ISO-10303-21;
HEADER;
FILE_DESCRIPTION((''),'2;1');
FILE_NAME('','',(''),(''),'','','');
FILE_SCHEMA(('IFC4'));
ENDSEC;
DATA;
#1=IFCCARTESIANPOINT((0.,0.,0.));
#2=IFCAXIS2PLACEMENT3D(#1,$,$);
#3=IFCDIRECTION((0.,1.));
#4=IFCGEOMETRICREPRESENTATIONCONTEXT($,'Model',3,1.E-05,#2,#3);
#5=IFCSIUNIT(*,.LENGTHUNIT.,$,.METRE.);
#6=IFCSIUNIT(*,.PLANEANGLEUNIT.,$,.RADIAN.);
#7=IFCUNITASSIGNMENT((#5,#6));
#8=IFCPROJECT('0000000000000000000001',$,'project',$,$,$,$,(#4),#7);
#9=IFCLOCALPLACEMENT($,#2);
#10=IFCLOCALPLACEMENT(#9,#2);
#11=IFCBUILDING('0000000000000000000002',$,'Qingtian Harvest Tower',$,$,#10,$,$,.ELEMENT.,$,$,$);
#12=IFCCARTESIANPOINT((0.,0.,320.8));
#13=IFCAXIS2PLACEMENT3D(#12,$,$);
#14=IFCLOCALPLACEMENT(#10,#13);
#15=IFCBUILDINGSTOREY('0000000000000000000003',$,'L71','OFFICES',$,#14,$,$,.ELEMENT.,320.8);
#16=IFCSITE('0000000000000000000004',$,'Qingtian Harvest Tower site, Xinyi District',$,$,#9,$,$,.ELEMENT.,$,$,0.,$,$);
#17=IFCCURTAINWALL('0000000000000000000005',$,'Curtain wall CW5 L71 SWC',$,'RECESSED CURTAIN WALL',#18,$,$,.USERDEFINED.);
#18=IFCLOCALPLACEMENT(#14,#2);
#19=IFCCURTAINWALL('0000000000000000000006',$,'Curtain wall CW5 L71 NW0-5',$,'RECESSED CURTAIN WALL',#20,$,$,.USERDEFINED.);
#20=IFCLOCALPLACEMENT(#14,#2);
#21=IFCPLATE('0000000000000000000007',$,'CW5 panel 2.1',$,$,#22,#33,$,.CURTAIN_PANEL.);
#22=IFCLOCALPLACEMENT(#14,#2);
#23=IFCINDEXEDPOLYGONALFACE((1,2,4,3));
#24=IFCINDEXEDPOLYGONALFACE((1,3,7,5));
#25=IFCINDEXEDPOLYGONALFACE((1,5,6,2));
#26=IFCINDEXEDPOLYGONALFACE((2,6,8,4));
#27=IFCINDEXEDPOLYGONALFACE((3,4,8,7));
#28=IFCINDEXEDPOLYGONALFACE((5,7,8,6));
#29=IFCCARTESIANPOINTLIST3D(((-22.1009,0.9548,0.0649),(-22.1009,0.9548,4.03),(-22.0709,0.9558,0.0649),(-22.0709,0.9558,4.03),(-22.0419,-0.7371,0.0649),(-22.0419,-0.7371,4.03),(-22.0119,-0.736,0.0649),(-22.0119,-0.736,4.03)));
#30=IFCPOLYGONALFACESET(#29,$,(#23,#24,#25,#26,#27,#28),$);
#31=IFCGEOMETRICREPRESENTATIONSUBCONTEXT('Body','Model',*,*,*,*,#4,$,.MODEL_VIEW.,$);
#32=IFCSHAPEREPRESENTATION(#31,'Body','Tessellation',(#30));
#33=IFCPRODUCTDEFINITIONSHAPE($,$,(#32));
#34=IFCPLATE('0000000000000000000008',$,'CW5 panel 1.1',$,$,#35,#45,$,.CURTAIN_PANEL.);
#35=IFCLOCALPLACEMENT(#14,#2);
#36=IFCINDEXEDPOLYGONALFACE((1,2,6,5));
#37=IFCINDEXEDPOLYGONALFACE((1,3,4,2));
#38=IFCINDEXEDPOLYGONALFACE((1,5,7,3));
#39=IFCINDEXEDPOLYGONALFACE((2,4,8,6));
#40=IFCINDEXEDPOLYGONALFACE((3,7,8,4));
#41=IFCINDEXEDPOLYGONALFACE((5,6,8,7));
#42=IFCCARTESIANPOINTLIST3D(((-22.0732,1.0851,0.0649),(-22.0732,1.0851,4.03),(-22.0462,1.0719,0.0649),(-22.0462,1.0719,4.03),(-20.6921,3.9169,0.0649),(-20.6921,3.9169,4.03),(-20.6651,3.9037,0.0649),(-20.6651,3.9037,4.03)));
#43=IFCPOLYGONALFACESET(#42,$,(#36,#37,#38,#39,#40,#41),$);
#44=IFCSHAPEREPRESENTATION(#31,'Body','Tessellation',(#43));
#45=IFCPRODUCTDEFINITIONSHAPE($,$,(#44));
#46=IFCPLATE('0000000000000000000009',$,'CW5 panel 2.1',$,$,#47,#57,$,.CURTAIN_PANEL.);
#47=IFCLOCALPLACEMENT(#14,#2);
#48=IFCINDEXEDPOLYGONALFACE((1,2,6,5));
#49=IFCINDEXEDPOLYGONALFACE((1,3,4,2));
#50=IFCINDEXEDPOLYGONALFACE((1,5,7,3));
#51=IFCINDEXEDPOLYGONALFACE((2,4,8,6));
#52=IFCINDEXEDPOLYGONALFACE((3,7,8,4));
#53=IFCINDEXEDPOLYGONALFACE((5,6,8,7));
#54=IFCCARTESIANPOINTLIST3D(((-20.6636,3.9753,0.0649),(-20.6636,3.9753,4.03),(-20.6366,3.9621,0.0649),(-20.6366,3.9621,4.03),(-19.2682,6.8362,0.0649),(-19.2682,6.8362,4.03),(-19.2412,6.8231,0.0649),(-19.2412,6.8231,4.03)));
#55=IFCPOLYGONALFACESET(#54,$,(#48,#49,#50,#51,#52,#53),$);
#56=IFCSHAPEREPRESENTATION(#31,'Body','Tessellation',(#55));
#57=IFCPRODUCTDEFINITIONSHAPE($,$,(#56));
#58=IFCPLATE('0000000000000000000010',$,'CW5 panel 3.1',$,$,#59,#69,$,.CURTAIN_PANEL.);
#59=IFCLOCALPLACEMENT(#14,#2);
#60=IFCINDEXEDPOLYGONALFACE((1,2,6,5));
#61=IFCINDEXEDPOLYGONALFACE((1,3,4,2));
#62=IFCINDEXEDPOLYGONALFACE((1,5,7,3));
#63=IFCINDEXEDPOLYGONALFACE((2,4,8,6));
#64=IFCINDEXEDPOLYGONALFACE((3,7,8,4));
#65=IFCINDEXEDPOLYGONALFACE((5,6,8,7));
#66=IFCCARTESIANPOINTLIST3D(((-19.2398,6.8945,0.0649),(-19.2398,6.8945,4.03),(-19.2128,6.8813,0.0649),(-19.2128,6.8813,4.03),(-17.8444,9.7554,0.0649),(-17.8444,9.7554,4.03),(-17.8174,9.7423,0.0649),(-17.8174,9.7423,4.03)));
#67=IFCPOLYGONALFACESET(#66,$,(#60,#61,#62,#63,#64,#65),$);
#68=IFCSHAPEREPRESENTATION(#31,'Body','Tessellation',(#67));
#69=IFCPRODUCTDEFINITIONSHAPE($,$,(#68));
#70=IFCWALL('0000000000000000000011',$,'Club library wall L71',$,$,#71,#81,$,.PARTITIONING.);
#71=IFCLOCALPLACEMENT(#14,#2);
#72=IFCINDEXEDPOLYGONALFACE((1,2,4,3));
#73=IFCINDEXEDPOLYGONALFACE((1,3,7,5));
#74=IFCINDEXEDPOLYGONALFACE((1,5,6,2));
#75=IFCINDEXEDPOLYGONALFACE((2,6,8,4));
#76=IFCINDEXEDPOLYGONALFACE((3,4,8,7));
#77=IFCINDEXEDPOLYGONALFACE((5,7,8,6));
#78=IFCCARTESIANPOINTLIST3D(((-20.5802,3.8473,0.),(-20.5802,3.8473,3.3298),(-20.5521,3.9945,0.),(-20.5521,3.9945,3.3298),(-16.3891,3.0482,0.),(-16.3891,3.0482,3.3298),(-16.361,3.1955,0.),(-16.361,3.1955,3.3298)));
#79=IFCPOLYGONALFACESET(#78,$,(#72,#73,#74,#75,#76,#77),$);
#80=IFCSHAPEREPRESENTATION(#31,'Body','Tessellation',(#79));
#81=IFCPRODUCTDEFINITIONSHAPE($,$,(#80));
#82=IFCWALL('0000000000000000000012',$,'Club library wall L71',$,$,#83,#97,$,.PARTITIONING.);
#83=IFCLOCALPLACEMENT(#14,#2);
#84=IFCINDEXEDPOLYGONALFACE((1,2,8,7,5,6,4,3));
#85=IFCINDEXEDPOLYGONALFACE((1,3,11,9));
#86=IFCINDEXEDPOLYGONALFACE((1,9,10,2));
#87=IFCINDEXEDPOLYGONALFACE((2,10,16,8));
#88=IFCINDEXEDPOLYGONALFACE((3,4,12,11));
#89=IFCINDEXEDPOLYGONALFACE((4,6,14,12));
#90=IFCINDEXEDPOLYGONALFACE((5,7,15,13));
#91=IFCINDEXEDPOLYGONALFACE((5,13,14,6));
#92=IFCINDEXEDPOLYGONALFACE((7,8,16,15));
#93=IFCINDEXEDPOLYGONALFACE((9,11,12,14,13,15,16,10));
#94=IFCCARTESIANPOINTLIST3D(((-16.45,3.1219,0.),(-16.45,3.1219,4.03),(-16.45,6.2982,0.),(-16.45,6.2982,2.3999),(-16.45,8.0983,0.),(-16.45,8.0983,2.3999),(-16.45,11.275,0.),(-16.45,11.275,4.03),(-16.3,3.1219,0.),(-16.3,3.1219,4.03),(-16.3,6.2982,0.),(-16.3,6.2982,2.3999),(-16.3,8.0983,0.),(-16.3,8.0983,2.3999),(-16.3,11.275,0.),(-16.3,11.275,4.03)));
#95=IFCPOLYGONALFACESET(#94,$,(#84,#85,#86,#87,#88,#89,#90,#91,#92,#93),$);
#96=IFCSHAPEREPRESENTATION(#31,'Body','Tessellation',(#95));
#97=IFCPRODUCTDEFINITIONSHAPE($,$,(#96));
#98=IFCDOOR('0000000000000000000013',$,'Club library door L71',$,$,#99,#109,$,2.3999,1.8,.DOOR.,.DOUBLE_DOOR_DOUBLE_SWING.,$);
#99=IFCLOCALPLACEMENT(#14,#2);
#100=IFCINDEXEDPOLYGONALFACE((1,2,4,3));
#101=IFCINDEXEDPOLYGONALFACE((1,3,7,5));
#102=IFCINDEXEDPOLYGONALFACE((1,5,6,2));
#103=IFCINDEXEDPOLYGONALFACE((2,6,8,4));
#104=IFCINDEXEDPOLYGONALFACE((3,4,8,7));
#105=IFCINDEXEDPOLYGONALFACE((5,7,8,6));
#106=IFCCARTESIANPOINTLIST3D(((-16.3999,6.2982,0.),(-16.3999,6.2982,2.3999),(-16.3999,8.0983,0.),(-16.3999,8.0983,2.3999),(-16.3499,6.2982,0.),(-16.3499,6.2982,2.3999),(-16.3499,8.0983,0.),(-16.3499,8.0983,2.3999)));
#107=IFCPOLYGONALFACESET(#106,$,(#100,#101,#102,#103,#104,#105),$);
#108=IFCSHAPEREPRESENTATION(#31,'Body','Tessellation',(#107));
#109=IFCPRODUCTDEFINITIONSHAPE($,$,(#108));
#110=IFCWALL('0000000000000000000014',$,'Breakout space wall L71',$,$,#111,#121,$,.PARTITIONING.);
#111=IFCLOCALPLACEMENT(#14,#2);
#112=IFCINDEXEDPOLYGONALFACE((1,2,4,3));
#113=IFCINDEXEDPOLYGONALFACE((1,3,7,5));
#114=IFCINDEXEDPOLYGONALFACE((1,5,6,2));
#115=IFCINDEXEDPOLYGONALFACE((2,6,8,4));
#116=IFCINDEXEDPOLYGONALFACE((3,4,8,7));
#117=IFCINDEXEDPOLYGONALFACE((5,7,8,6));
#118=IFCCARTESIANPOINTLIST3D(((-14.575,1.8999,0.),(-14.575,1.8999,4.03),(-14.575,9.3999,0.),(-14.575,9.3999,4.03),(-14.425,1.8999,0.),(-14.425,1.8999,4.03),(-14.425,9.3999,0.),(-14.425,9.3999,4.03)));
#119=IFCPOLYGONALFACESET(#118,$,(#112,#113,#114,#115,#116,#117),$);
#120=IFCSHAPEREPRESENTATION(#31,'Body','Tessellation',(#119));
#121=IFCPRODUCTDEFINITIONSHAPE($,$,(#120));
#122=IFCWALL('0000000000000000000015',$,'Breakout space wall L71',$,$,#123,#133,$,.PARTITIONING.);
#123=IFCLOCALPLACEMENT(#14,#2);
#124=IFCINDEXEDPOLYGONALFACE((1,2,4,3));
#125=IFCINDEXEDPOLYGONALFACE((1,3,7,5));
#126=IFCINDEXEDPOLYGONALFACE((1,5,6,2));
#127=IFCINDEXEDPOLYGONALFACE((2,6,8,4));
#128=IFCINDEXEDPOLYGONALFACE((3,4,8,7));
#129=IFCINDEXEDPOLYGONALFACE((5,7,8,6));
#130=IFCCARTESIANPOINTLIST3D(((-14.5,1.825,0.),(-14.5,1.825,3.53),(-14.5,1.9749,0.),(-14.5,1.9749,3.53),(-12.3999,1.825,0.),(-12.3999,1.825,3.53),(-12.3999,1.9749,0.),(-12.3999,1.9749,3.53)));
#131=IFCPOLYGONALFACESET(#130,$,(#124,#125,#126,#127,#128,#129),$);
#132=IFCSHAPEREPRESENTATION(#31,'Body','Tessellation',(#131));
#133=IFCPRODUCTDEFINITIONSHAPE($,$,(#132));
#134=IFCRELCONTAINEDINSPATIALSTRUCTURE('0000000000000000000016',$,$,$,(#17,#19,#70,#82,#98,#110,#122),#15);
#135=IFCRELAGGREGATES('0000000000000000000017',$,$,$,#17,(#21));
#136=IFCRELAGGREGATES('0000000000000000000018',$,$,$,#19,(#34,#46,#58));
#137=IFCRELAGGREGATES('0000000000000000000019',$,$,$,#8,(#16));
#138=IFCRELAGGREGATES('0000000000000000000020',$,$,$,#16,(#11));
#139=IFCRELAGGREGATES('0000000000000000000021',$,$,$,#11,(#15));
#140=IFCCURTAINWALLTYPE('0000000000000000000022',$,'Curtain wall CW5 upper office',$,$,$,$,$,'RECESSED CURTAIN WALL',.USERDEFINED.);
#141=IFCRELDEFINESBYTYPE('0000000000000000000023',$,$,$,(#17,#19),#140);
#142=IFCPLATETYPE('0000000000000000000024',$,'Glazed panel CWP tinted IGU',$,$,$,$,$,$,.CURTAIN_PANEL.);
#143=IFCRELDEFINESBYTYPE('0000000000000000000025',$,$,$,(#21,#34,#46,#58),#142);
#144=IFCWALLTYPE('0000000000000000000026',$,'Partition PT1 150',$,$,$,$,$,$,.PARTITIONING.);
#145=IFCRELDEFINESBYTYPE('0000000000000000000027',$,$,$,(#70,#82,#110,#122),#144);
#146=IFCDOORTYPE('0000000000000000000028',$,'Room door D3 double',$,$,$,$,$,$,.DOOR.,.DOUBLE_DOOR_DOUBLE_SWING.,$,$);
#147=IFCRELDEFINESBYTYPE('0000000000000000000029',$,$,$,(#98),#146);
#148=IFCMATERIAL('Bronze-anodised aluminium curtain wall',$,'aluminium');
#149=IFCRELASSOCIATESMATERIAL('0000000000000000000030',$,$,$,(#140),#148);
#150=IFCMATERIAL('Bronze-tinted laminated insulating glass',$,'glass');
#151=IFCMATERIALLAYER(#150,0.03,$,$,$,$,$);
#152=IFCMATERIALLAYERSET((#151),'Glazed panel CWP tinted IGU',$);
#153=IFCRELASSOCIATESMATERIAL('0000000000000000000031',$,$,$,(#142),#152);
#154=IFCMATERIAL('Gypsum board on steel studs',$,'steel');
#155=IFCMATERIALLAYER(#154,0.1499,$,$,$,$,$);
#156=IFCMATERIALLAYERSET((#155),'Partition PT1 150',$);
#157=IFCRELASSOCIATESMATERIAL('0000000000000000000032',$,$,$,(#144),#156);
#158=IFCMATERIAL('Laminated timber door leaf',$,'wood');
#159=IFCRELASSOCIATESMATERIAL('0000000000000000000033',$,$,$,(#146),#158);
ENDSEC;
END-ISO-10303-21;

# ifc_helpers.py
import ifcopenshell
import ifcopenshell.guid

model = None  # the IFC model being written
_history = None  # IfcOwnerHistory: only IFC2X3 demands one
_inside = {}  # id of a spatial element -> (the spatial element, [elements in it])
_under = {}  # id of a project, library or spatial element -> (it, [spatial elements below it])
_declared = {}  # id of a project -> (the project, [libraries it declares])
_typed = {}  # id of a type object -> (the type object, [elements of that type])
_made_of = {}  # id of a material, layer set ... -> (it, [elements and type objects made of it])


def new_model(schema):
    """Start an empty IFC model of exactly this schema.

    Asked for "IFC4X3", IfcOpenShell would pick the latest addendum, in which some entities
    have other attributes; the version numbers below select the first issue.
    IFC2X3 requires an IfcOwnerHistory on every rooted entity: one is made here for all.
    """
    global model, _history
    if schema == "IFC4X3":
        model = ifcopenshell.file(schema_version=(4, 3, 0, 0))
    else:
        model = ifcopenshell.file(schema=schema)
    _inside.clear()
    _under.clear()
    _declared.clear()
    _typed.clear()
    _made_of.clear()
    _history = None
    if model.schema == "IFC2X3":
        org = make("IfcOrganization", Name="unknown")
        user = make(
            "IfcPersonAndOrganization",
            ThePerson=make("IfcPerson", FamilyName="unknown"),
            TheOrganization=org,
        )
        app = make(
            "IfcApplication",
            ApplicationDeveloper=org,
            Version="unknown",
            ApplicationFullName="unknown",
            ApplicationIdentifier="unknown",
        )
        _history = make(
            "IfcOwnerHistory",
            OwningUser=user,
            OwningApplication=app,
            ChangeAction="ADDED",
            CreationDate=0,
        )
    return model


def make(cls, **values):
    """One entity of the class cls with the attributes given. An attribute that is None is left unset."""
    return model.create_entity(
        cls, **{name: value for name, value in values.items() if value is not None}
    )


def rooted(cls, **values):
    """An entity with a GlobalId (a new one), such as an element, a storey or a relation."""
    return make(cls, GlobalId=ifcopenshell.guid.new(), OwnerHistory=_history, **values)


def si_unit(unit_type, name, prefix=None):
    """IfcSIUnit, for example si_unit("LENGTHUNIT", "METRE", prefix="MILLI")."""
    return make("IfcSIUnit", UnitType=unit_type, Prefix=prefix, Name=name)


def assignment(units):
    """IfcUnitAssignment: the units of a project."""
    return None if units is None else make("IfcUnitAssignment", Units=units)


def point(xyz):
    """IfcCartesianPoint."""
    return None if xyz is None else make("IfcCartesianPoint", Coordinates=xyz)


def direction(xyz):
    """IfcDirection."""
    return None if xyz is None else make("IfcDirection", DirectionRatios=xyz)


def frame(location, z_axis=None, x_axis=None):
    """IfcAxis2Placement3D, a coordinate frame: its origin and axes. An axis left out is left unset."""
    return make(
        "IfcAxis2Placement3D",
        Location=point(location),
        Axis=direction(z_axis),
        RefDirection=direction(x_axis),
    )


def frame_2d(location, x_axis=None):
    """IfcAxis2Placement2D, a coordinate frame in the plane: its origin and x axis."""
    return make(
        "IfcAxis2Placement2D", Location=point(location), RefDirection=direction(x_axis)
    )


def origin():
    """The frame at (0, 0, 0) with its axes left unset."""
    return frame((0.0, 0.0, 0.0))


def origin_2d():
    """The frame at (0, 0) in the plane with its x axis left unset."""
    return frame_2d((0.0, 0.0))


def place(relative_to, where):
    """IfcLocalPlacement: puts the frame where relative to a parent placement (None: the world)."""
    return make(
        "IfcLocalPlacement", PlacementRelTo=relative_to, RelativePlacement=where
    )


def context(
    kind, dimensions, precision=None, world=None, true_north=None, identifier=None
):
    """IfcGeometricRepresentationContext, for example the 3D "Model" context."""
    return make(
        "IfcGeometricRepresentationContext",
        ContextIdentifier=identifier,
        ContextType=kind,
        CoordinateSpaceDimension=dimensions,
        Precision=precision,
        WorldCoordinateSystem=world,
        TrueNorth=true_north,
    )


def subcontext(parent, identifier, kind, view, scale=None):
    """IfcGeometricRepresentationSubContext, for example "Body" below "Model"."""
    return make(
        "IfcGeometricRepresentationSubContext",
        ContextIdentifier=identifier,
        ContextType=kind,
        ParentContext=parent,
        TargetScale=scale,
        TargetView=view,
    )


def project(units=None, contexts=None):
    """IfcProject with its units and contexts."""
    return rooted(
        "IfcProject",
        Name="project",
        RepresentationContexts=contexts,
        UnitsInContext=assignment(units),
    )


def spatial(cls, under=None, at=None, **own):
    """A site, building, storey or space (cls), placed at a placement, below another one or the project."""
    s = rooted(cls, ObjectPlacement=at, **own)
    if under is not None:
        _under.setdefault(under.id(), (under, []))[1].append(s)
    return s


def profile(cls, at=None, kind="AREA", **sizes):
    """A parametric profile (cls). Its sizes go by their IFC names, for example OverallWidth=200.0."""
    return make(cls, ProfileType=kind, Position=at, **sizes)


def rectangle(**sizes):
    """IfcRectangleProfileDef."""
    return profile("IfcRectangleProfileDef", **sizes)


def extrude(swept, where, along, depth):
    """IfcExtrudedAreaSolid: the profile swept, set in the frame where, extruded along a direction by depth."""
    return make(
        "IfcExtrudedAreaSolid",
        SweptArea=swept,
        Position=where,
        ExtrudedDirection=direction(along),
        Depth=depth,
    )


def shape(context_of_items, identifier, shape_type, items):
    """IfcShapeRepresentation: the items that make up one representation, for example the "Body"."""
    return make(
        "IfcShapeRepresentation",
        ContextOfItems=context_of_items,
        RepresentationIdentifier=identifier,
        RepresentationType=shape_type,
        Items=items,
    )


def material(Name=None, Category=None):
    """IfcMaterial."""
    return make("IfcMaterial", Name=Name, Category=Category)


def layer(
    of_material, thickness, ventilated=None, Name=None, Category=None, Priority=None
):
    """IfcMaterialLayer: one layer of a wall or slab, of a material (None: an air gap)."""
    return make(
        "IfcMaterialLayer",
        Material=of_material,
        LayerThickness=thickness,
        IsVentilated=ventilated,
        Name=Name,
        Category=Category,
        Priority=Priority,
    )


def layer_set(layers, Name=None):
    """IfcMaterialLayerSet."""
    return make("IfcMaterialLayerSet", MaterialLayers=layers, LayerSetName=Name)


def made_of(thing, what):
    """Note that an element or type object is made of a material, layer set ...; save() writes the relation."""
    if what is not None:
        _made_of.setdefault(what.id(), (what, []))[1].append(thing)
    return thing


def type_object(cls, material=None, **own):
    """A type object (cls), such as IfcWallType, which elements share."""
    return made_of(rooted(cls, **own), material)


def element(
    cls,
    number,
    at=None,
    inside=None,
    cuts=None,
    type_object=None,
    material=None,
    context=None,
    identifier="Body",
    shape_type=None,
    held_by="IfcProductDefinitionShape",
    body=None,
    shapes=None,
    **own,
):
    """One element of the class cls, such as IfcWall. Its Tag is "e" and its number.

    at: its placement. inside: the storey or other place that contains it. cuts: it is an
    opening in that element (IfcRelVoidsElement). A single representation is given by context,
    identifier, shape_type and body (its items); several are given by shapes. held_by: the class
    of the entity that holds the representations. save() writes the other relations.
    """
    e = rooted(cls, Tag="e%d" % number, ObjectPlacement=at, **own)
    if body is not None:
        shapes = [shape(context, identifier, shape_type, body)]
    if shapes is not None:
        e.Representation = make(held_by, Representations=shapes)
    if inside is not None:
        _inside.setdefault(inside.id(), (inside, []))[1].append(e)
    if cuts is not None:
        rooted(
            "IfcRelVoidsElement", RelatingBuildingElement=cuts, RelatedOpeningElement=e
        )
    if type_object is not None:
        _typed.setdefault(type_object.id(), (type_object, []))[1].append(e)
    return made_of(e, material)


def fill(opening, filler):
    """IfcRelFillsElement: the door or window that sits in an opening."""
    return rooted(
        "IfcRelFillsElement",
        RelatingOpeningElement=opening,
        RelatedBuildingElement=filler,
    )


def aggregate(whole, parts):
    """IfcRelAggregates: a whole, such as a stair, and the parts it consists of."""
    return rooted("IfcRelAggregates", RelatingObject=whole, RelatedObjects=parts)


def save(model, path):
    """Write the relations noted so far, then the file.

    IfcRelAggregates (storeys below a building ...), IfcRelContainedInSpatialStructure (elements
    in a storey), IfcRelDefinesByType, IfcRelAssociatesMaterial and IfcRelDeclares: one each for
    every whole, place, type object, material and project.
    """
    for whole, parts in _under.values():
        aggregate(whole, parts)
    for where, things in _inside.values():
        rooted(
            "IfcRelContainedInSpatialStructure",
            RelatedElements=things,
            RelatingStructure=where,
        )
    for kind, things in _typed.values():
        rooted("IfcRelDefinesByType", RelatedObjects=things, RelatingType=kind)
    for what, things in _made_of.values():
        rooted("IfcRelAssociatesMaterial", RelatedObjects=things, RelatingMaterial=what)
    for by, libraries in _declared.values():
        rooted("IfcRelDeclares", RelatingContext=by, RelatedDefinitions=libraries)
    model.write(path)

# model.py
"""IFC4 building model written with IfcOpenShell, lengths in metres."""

from ifc_helpers import new_model, si_unit, direction, frame, frame_2d, origin, origin_2d, place, context, subcontext, project, spatial, rectangle, extrude, material, layer, layer_set, type_object, element, fill, aggregate, save


model = new_model("IFC4")

# Units and contexts
model_context = context("Model", 3, precision=1e-05, world=origin(), true_north=direction((0.0, 1.0)))
body_context = subcontext(model_context, "Body", "Model", "MODEL_VIEW")
ifc_project = project(units=[si_unit("LENGTHUNIT", "METRE"), si_unit("PLANEANGLEUNIT", "RADIAN")], contexts=[model_context])

# Site, building, storey
site_placement = place(None, origin())
site = spatial("IfcSite", under=ifc_project, at=site_placement, Name="Qingtian Harvest Tower site, Xinyi District", CompositionType="ELEMENT", RefElevation=0.0)
building_placement = place(site_placement, origin())
building = spatial("IfcBuilding", under=site, at=building_placement, Name="Qingtian Harvest Tower", CompositionType="ELEMENT")
storey_placement = place(building_placement, frame((0.0, 0.0, 320.8)))
storey = spatial("IfcBuildingStorey", under=building, at=storey_placement, Name="L71", Description="OFFICES", CompositionType="ELEMENT", Elevation=320.8)

# Curtain wall
ifc_material_1 = material(Name="Bronze-anodised aluminium curtain wall", Category="aluminium")
curtain_wall_type = type_object("IfcCurtainWallType", Name="Curtain wall CW5 upper office", ElementType="RECESSED CURTAIN WALL", PredefinedType="USERDEFINED", material=ifc_material_1)
curtain_wall_1_placement = place(storey_placement, origin())
curtain_wall_1 = element("IfcCurtainWall", 1, at=curtain_wall_1_placement, inside=storey, type_object=curtain_wall_type, Name="Curtain wall CW5 L71 SWC", ObjectType="RECESSED CURTAIN WALL", PredefinedType="USERDEFINED")

# Curtain wall
curtain_wall_2_placement = place(storey_placement, origin())
curtain_wall_2 = element("IfcCurtainWall", 2, at=curtain_wall_2_placement, inside=storey, type_object=curtain_wall_type, Name="Curtain wall CW5 L71 NW0-5", ObjectType="RECESSED CURTAIN WALL", PredefinedType="USERDEFINED")

# Plates
ifc_material_2 = material(Name="Bronze-tinted laminated insulating glass", Category="glass")
ifc_layer_1 = layer(ifc_material_2, 0.03)
ifc_layer_set_1 = layer_set([ifc_layer_1], Name="Glazed panel CWP tinted IGU")
plate_type = type_object("IfcPlateType", Name="Glazed panel CWP tinted IGU", PredefinedType="CURTAIN_PANEL", material=ifc_layer_set_1)
plate_1_placement = place(storey_placement, frame((-22.0564, 0.1094, 0.0649), z_axis=(0.0, 0.0, 1.0), x_axis=(-0.034899, 0.999391, 0.0)))
plate_1 = element("IfcPlate", 3, at=plate_1_placement, type_object=plate_type, Name="CW5 panel 2.1", PredefinedType="CURTAIN_PANEL", context=body_context, shape_type="SweptSolid", body=[
    extrude(rectangle(XDim=1.6929, YDim=0.03, at=origin_2d()), origin(), (0.0, 0.0, 1.0), 3.9651),
])
aggregate(curtain_wall_1, [plate_1])
plate_2_placement = place(storey_placement, frame((-21.3691, 2.4944, 0.0649), z_axis=(0.0, 0.0, 1.0), x_axis=(0.438371, 0.898794, 0.0)))
plate_2 = element("IfcPlate", 4, at=plate_2_placement, type_object=plate_type, Name="CW5 panel 1.1", PredefinedType="CURTAIN_PANEL", context=body_context, shape_type="SweptSolid", body=[
    extrude(rectangle(XDim=3.1506, YDim=0.03, at=origin_2d()), origin(), (0.0, 0.0, 1.0), 3.9651),
])
plate_3_placement = place(storey_placement, frame((-19.9524, 5.3992, 0.0649), z_axis=(0.0, 0.0, 1.0), x_axis=(0.438371, 0.898794, 0.0)))
plate_3 = element("IfcPlate", 5, at=plate_3_placement, type_object=plate_type, Name="CW5 panel 2.1", PredefinedType="CURTAIN_PANEL", context=body_context, shape_type="SweptSolid", body=[
    extrude(rectangle(XDim=3.1831, YDim=0.03, at=origin_2d()), origin(), (0.0, 0.0, 1.0), 3.9651),
])
plate_4_placement = place(storey_placement, frame((-18.5286, 8.3184, 0.0649), z_axis=(0.0, 0.0, 1.0), x_axis=(0.438371, 0.898794, 0.0)))
plate_4 = element("IfcPlate", 6, at=plate_4_placement, type_object=plate_type, Name="CW5 panel 3.1", PredefinedType="CURTAIN_PANEL", context=body_context, shape_type="SweptSolid", body=[
    extrude(rectangle(XDim=3.1831, YDim=0.03, at=origin_2d()), origin(), (0.0, 0.0, 1.0), 3.9651),
])
aggregate(curtain_wall_2, [plate_2, plate_3, plate_4])

# Wall
ifc_material_3 = material(Name="Gypsum board on steel studs", Category="steel")
ifc_layer_2 = layer(ifc_material_3, 0.1499)
ifc_layer_set_2 = layer_set([ifc_layer_2], Name="Partition PT1 150")
wall_type = type_object("IfcWallType", Name="Partition PT1 150", PredefinedType="PARTITIONING", material=ifc_layer_set_2)
wall_1_placement = place(storey_placement, frame((-20.5662, 3.9209, 0.0), z_axis=(0.0, 0.0, 1.0), x_axis=(0.982306, -0.187283, 0.0)))
element("IfcWall", 7, at=wall_1_placement, inside=storey, type_object=wall_type, Name="Club library wall L71", PredefinedType="PARTITIONING", context=body_context, shape_type="SweptSolid", body=[
    extrude(rectangle(XDim=4.2666, YDim=0.1499, at=frame_2d((2.1333, 0.0))), origin(), (0.0, 0.0, 1.0), 3.3298),
])

# Wall, opening, door
wall_2_placement = place(storey_placement, frame((-16.375, 3.1218, 0.0), z_axis=(0.0, 0.0, 1.0), x_axis=(0.0, 1.0, 0.0)))
wall_2 = element("IfcWall", 8, at=wall_2_placement, inside=storey, type_object=wall_type, Name="Club library wall L71", PredefinedType="PARTITIONING", context=body_context, shape_type="SweptSolid", body=[
    extrude(rectangle(XDim=8.1531, YDim=0.1499, at=frame_2d((4.0767, 0.0))), origin(), (0.0, 0.0, 1.0), 4.03),
])
opening_placement = place(wall_2_placement, frame((3.1765, 0.0, 0.0)))
opening = element("IfcOpeningElement", 9, at=opening_placement, cuts=wall_2, PredefinedType="OPENING", context=body_context, shape_type="SweptSolid", body=[
    extrude(rectangle(XDim=1.8, YDim=2.3999, at=frame_2d((0.8999, 1.2))), frame((0.0, 0.085, 0.0), z_axis=(0.0, -1.0, 0.0), x_axis=(1.0, 0.0, 0.0)), (0.0, 0.0, 1.0), 0.1699),
])
ifc_material_4 = material(Name="Laminated timber door leaf", Category="wood")
door_type = type_object("IfcDoorType", Name="Room door D3 double", OperationType="DOUBLE_DOOR_DOUBLE_SWING", PredefinedType="DOOR", material=ifc_material_4)
door_placement = place(opening_placement, origin())
door = element("IfcDoor", 10, at=door_placement, inside=storey, type_object=door_type, Name="Club library door L71", OperationType="DOUBLE_DOOR_DOUBLE_SWING", OverallHeight=2.3999, OverallWidth=1.8, PredefinedType="DOOR", context=body_context, shape_type="SweptSolid", body=[
    extrude(rectangle(XDim=1.8, YDim=2.3999, at=frame_2d((0.8999, 1.2))), frame((0.0, 0.0249, 0.0), z_axis=(0.0, -1.0, 0.0), x_axis=(1.0, 0.0, 0.0)), (0.0, 0.0, 1.0), 0.05),
])
fill(opening, door)

# Walls
wall_3_placement = place(storey_placement, frame((-14.5, 1.8999, 0.0), z_axis=(0.0, 0.0, 1.0), x_axis=(0.0, 1.0, 0.0)))
element("IfcWall", 11, at=wall_3_placement, inside=storey, type_object=wall_type, Name="Breakout space wall L71", PredefinedType="PARTITIONING", context=body_context, shape_type="SweptSolid", body=[
    extrude(rectangle(XDim=7.5, YDim=0.1499, at=frame_2d((3.75, 0.0))), origin(), (0.0, 0.0, 1.0), 4.03),
])
wall_4_placement = place(storey_placement, frame((-12.3999, 1.8999, 0.0), z_axis=(0.0, 0.0, 1.0), x_axis=(-1.0, 0.0, 0.0)))
element("IfcWall", 12, at=wall_4_placement, inside=storey, type_object=wall_type, Name="Breakout space wall L71", PredefinedType="PARTITIONING", context=body_context, shape_type="SweptSolid", body=[
    extrude(rectangle(XDim=2.1001, YDim=0.1499, at=frame_2d((1.05, 0.0))), origin(), (0.0, 0.0, 1.0), 3.53),
])

save(model, "model.ifc")
